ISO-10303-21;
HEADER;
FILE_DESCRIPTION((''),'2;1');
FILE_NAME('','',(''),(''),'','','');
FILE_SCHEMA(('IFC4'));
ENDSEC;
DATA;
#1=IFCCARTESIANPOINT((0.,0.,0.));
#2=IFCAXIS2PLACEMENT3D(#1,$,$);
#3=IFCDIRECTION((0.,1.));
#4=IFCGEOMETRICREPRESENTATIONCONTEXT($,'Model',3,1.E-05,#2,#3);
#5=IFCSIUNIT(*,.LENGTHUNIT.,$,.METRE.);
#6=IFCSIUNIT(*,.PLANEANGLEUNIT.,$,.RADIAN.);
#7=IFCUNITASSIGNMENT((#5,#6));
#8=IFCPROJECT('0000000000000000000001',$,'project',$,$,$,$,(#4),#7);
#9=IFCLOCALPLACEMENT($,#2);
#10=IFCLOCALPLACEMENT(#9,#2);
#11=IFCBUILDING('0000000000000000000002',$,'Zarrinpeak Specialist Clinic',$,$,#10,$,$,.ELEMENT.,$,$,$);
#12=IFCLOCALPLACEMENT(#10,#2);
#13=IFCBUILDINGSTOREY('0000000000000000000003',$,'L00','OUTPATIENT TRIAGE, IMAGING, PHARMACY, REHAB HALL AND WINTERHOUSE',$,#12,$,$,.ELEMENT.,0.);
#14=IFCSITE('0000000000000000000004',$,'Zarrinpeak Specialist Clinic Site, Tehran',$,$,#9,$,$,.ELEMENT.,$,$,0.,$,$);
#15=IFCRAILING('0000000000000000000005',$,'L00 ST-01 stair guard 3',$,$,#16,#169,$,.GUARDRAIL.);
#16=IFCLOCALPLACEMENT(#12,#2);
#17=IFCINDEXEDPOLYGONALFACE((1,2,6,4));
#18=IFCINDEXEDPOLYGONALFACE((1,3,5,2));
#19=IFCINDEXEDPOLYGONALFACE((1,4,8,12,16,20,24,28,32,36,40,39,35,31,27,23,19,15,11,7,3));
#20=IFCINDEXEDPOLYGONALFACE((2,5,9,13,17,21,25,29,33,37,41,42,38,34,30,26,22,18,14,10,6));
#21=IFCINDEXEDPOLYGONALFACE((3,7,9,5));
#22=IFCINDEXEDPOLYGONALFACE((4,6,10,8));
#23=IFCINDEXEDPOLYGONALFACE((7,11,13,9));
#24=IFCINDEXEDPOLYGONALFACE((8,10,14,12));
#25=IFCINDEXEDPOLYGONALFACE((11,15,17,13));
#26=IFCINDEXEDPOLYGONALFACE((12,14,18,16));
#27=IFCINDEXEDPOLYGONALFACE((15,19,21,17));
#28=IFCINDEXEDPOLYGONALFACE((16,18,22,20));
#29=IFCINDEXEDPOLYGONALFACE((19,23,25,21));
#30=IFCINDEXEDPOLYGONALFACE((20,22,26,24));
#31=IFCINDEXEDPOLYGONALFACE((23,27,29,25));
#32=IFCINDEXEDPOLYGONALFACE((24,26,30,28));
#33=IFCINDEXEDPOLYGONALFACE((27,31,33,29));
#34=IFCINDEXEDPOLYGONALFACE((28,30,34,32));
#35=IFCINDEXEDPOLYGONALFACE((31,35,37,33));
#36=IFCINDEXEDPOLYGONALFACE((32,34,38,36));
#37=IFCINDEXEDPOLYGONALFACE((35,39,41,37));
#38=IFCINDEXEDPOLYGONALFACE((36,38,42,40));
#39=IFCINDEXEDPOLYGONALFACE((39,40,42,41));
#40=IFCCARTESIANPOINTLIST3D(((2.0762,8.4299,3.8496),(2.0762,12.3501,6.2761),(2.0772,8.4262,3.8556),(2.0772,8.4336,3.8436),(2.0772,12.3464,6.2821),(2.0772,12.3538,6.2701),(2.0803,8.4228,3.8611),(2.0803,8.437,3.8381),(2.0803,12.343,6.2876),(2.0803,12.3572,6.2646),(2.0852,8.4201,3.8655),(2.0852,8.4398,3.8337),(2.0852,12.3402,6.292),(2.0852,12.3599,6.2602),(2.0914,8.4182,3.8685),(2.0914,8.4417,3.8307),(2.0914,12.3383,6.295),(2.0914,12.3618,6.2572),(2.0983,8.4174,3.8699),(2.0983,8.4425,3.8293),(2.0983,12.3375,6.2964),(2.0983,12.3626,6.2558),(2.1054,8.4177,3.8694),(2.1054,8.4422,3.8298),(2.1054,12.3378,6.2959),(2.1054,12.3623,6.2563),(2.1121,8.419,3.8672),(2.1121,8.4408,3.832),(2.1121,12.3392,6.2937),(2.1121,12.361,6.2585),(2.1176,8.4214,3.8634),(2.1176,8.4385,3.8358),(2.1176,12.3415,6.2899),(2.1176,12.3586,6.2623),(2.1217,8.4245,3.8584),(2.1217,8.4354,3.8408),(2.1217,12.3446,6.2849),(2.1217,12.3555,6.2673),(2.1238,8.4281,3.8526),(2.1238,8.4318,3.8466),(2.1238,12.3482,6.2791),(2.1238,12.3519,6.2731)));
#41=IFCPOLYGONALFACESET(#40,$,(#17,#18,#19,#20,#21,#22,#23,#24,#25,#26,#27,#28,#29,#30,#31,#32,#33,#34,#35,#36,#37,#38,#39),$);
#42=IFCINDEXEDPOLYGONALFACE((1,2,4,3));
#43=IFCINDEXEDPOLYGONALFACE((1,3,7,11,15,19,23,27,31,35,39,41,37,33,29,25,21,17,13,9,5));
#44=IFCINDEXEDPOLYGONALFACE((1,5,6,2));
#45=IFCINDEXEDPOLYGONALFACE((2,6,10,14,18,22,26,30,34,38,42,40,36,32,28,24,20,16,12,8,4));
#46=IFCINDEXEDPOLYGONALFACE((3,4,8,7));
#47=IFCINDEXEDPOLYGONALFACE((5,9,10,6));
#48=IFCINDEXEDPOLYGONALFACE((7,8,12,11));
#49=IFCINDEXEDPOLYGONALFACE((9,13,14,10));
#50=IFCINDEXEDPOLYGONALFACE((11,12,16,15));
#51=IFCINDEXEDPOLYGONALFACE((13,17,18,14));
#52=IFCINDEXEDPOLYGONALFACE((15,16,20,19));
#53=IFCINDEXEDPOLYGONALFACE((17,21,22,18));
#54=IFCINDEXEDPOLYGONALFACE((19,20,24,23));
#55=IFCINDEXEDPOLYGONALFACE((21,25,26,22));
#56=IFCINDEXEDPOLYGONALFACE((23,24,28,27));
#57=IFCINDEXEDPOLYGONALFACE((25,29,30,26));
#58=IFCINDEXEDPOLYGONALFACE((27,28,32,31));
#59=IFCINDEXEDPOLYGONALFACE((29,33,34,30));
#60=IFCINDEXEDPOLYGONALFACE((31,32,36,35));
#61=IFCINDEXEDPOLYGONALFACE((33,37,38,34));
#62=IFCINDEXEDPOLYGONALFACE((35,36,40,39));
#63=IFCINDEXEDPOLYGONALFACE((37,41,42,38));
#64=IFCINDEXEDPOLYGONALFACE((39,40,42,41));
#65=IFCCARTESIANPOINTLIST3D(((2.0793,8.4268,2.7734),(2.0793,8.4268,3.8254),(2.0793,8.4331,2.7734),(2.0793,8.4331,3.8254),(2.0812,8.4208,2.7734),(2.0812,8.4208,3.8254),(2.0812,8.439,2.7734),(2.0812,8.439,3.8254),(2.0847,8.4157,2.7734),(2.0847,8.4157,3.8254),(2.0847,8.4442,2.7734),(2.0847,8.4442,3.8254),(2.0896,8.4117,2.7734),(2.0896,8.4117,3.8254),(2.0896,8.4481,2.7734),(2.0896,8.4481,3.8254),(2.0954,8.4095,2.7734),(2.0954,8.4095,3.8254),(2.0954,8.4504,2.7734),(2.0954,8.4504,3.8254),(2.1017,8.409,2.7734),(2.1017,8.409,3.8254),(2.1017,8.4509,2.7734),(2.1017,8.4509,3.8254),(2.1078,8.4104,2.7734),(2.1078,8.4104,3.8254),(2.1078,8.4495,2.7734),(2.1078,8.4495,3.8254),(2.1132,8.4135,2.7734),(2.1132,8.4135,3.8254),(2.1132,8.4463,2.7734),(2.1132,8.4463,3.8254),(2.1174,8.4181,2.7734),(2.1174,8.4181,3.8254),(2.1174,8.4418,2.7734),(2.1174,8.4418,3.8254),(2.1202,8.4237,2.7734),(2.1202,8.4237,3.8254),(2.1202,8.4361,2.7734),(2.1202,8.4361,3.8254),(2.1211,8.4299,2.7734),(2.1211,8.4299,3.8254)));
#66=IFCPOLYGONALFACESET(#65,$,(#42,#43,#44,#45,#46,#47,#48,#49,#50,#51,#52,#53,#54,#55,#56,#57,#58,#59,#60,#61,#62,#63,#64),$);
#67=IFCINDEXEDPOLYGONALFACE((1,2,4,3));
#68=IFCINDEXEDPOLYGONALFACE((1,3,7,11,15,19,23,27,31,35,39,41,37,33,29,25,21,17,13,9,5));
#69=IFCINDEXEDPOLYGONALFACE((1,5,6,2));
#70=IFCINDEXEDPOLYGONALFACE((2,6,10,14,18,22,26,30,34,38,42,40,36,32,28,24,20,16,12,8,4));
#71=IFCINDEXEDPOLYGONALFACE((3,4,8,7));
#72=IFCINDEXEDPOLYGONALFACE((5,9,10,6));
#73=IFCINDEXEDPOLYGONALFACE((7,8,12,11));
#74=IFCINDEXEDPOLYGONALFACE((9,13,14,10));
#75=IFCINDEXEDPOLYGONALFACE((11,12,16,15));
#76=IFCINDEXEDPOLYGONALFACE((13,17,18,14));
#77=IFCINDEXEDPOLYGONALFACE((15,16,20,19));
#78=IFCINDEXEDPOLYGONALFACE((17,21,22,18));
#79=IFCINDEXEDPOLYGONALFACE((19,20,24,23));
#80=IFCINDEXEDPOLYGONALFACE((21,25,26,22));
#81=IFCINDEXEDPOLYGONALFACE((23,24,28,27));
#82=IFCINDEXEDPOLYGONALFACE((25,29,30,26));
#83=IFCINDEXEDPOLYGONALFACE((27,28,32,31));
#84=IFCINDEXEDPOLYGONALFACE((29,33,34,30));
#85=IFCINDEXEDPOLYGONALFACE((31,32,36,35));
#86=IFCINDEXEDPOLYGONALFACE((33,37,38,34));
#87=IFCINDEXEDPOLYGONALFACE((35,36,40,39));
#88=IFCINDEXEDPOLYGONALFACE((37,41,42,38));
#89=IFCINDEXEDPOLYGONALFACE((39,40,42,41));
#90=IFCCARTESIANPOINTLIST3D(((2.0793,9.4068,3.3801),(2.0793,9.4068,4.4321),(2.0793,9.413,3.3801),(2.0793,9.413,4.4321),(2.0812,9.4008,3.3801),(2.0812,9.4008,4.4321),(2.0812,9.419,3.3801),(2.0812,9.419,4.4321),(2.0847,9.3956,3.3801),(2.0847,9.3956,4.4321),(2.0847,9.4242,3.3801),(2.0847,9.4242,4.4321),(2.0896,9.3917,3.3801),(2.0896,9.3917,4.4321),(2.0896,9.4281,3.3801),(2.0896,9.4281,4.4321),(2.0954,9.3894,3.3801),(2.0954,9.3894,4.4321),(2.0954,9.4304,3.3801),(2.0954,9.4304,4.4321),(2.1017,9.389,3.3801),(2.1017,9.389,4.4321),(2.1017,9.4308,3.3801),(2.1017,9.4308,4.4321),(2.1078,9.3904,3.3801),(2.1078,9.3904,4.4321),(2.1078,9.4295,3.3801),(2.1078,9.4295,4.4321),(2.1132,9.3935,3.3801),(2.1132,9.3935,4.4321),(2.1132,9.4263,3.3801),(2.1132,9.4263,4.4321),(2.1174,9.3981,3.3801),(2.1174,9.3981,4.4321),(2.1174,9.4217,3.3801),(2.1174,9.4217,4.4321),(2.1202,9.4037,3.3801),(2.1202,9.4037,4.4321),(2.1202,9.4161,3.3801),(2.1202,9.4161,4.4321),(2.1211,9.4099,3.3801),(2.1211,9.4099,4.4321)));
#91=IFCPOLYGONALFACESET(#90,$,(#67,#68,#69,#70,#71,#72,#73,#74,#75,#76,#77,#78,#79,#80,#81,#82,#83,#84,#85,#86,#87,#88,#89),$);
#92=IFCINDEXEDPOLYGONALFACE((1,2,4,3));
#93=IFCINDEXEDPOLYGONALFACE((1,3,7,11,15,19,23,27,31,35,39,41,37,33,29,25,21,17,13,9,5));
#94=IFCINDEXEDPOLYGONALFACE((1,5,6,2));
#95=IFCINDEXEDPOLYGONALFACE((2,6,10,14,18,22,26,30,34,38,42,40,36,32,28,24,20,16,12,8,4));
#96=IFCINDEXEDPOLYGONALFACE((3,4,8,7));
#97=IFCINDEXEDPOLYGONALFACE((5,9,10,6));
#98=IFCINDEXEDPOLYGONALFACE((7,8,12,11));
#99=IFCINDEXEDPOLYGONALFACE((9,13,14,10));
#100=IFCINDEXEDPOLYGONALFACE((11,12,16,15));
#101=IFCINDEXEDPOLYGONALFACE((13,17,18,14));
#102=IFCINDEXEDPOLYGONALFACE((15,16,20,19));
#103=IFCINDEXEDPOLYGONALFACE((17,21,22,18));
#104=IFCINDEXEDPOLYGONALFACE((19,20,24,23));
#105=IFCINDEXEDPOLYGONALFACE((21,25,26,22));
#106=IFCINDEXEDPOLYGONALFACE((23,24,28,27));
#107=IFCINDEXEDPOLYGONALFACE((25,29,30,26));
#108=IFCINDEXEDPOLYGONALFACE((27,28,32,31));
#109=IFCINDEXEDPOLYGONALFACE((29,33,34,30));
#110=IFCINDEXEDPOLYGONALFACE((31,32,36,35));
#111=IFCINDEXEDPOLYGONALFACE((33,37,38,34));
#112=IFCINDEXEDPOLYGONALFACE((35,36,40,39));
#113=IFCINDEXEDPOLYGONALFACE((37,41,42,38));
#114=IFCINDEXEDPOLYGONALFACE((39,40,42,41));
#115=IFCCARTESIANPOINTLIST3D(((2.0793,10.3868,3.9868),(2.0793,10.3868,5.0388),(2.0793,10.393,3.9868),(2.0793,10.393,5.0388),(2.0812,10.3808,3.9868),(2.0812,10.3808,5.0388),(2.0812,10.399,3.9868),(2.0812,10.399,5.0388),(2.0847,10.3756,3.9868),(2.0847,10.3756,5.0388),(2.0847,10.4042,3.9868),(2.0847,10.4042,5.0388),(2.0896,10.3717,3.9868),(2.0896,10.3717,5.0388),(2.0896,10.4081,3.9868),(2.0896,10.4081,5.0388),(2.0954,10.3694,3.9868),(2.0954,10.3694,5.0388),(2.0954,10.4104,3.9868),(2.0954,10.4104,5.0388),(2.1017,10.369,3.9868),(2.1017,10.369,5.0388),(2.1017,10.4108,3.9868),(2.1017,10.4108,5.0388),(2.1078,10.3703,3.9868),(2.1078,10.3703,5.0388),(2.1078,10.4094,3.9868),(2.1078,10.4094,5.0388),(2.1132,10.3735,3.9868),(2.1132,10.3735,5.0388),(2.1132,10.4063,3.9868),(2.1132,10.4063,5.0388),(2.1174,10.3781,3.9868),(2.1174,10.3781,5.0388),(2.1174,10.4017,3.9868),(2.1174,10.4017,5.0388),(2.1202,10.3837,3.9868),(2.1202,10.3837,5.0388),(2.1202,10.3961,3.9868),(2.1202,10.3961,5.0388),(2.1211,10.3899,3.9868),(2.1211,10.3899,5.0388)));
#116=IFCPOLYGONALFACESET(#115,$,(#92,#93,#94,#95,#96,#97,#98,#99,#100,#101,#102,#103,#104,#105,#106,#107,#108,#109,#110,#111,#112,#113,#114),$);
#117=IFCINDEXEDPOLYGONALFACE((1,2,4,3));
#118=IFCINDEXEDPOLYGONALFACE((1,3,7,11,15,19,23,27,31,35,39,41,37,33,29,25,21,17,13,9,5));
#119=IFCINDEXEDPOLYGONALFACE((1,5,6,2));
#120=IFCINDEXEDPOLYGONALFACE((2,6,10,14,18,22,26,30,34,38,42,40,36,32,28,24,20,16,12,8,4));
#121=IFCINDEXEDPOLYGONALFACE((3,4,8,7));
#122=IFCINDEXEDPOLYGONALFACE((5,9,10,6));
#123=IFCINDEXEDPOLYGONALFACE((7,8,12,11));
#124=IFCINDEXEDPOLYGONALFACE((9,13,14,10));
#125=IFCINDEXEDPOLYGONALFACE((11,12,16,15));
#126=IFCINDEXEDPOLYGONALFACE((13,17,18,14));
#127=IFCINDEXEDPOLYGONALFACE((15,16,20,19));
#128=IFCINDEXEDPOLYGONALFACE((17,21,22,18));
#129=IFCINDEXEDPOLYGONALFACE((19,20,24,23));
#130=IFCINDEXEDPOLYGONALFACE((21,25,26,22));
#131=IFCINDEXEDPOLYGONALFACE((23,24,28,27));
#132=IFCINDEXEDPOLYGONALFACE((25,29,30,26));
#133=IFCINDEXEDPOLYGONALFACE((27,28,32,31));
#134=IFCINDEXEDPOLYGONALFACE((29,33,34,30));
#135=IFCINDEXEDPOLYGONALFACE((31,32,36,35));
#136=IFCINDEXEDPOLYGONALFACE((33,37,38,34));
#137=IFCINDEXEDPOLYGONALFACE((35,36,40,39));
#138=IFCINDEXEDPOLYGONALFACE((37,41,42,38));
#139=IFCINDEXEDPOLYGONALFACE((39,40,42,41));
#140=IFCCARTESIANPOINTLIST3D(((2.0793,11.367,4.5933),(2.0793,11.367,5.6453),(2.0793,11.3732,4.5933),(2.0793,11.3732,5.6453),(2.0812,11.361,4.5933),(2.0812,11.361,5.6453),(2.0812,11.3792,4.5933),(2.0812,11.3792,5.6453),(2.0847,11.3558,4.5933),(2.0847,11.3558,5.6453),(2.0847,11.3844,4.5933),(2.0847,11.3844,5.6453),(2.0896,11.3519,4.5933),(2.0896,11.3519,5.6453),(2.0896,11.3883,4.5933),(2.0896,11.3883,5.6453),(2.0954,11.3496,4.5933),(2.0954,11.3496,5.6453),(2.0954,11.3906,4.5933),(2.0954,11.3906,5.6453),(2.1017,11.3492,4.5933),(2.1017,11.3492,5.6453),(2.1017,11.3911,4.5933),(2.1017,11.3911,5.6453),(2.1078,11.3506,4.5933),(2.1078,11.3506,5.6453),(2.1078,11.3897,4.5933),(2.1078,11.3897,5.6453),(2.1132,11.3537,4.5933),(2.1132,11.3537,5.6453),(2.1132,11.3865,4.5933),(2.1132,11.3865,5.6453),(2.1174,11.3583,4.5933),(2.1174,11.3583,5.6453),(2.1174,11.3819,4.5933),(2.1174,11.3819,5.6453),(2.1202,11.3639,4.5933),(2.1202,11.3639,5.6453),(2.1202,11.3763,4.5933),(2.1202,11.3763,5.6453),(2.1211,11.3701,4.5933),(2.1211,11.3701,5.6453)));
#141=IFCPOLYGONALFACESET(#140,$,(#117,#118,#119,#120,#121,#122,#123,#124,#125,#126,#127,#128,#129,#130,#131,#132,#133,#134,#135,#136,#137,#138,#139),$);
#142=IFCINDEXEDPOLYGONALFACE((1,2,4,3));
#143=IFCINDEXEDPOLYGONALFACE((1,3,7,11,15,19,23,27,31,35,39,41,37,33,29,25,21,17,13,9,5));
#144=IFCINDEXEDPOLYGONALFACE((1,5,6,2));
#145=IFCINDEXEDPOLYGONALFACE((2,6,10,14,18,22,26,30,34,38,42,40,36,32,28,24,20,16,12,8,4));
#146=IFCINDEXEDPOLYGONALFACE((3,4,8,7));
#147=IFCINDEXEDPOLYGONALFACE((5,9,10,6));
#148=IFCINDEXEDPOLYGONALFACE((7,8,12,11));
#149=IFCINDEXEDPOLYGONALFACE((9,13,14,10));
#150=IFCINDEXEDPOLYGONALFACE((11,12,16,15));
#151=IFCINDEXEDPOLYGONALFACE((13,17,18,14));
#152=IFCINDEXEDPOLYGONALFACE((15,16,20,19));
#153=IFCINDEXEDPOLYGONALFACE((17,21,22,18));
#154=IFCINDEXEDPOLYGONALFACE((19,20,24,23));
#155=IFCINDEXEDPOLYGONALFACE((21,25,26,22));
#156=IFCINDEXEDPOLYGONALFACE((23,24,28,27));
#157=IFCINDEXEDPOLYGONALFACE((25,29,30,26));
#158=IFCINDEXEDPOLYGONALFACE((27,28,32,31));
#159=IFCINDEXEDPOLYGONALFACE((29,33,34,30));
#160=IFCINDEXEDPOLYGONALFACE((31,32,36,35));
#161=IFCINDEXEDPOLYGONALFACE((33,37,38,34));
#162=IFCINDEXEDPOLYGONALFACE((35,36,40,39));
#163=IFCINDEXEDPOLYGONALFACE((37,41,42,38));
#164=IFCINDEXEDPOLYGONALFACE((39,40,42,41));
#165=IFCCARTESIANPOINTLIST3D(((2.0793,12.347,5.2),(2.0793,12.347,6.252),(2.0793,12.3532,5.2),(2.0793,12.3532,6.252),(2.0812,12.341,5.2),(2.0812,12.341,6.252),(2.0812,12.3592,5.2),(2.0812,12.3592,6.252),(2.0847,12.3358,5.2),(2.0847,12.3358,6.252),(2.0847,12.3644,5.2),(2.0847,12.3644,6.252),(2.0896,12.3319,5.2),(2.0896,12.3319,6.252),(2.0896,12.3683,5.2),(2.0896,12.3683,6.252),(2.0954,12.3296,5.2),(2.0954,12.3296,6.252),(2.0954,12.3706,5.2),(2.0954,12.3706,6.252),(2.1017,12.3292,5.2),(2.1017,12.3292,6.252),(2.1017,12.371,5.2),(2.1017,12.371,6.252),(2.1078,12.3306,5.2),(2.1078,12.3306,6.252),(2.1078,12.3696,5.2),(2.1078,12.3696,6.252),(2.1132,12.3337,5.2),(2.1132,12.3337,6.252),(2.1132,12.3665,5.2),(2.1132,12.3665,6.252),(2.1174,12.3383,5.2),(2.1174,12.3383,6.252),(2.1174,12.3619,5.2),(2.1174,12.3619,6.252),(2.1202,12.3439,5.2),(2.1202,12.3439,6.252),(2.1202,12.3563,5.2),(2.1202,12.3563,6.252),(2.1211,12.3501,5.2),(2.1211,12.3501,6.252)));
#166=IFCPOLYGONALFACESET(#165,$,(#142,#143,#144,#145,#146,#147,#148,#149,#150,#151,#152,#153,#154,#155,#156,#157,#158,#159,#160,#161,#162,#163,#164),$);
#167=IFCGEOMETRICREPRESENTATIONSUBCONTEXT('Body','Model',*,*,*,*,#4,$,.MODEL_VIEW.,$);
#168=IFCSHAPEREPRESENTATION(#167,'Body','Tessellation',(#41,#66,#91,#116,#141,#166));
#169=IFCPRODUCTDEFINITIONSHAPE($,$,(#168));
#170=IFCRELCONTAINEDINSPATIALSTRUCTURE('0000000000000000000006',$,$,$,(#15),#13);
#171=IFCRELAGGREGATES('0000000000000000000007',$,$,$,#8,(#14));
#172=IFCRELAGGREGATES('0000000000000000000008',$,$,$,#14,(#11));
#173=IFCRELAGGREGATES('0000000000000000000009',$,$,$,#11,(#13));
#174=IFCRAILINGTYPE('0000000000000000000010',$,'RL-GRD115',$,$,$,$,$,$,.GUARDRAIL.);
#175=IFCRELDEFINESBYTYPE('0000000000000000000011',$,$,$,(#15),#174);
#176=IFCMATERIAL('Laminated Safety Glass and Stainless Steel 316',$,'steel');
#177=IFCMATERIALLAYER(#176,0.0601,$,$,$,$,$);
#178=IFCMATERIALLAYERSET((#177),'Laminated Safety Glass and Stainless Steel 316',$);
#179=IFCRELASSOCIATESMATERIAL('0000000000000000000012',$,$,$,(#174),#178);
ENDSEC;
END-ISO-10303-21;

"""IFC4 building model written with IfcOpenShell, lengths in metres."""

from ifc_helpers import new_model, si_unit, direction, frame, origin, origin_2d, place, context, subcontext, project, spatial, circle, extrude, material, layer, layer_set, type_object, element, save


model = new_model("IFC4")

# Units and contexts
model_context = context("Model", 3, precision=1e-05, world=origin(), true_north=direction((0.0, 1.0)))
body_context = subcontext(model_context, "Body", "Model", "MODEL_VIEW")
ifc_project = project(units=[si_unit("LENGTHUNIT", "METRE"), si_unit("PLANEANGLEUNIT", "RADIAN")], contexts=[model_context])

# Site, building, storey
site_placement = place(None, origin())
site = spatial("IfcSite", under=ifc_project, at=site_placement, Name="Zarrinpeak Specialist Clinic Site, Tehran", CompositionType="ELEMENT", RefElevation=0.0)
building_placement = place(site_placement, origin())
building = spatial("IfcBuilding", under=site, at=building_placement, Name="Zarrinpeak Specialist Clinic", CompositionType="ELEMENT")
storey_placement = place(building_placement, origin())
storey = spatial("IfcBuildingStorey", under=building, at=storey_placement, Name="L00", Description="OUTPATIENT TRIAGE, IMAGING, PHARMACY, REHAB HALL AND WINTERHOUSE", CompositionType="ELEMENT", Elevation=0.0)

# Railing
ifc_material_1 = material(Name="Laminated Safety Glass and Stainless Steel 316", Category="steel")
ifc_layer_1 = layer(ifc_material_1, 0.0601)
ifc_layer_set_1 = layer_set([ifc_layer_1], Name="Laminated Safety Glass and Stainless Steel 316")
railing_type_1 = type_object("IfcRailingType", Name="RL-GRD115", PredefinedType="GUARDRAIL", material=ifc_layer_set_1)
railing_1_placement = place(storey_placement, frame((2.1001, 8.4299, 2.7734)))
element("IfcRailing", 1, at=railing_1_placement, inside=storey, type_object=railing_type_1, Name="L00 ST-01 stair guard 3", PredefinedType="GUARDRAIL", context=body_context, shape_type="SweptSolid", body=[
    extrude(circle(Radius=0.0239, at=origin_2d()), frame((0.0, 0.0, 1.0762), z_axis=(0.0, 0.85029, 0.526315), x_axis=(-1.0, 0.0, 0.0)), (0.0, 0.0, 1.0), 4.6104),
    extrude(circle(Radius=0.021, at=origin_2d()), origin(), (0.0, 0.0, 1.0), 1.052),
    extrude(circle(Radius=0.021, at=origin_2d()), frame((0.0, 0.98, 0.6067)), (0.0, 0.0, 1.0), 1.052),
    extrude(circle(Radius=0.021, at=origin_2d()), frame((0.0, 1.96, 1.2134)), (0.0, 0.0, 1.0), 1.052),
    extrude(circle(Radius=0.021, at=origin_2d()), frame((0.0, 2.9402, 1.8198)), (0.0, 0.0, 1.0), 1.052),
    extrude(circle(Radius=0.021, at=origin_2d()), frame((0.0, 3.9202, 2.4265)), (0.0, 0.0, 1.0), 1.052),
])

save(model, "model.ifc")
